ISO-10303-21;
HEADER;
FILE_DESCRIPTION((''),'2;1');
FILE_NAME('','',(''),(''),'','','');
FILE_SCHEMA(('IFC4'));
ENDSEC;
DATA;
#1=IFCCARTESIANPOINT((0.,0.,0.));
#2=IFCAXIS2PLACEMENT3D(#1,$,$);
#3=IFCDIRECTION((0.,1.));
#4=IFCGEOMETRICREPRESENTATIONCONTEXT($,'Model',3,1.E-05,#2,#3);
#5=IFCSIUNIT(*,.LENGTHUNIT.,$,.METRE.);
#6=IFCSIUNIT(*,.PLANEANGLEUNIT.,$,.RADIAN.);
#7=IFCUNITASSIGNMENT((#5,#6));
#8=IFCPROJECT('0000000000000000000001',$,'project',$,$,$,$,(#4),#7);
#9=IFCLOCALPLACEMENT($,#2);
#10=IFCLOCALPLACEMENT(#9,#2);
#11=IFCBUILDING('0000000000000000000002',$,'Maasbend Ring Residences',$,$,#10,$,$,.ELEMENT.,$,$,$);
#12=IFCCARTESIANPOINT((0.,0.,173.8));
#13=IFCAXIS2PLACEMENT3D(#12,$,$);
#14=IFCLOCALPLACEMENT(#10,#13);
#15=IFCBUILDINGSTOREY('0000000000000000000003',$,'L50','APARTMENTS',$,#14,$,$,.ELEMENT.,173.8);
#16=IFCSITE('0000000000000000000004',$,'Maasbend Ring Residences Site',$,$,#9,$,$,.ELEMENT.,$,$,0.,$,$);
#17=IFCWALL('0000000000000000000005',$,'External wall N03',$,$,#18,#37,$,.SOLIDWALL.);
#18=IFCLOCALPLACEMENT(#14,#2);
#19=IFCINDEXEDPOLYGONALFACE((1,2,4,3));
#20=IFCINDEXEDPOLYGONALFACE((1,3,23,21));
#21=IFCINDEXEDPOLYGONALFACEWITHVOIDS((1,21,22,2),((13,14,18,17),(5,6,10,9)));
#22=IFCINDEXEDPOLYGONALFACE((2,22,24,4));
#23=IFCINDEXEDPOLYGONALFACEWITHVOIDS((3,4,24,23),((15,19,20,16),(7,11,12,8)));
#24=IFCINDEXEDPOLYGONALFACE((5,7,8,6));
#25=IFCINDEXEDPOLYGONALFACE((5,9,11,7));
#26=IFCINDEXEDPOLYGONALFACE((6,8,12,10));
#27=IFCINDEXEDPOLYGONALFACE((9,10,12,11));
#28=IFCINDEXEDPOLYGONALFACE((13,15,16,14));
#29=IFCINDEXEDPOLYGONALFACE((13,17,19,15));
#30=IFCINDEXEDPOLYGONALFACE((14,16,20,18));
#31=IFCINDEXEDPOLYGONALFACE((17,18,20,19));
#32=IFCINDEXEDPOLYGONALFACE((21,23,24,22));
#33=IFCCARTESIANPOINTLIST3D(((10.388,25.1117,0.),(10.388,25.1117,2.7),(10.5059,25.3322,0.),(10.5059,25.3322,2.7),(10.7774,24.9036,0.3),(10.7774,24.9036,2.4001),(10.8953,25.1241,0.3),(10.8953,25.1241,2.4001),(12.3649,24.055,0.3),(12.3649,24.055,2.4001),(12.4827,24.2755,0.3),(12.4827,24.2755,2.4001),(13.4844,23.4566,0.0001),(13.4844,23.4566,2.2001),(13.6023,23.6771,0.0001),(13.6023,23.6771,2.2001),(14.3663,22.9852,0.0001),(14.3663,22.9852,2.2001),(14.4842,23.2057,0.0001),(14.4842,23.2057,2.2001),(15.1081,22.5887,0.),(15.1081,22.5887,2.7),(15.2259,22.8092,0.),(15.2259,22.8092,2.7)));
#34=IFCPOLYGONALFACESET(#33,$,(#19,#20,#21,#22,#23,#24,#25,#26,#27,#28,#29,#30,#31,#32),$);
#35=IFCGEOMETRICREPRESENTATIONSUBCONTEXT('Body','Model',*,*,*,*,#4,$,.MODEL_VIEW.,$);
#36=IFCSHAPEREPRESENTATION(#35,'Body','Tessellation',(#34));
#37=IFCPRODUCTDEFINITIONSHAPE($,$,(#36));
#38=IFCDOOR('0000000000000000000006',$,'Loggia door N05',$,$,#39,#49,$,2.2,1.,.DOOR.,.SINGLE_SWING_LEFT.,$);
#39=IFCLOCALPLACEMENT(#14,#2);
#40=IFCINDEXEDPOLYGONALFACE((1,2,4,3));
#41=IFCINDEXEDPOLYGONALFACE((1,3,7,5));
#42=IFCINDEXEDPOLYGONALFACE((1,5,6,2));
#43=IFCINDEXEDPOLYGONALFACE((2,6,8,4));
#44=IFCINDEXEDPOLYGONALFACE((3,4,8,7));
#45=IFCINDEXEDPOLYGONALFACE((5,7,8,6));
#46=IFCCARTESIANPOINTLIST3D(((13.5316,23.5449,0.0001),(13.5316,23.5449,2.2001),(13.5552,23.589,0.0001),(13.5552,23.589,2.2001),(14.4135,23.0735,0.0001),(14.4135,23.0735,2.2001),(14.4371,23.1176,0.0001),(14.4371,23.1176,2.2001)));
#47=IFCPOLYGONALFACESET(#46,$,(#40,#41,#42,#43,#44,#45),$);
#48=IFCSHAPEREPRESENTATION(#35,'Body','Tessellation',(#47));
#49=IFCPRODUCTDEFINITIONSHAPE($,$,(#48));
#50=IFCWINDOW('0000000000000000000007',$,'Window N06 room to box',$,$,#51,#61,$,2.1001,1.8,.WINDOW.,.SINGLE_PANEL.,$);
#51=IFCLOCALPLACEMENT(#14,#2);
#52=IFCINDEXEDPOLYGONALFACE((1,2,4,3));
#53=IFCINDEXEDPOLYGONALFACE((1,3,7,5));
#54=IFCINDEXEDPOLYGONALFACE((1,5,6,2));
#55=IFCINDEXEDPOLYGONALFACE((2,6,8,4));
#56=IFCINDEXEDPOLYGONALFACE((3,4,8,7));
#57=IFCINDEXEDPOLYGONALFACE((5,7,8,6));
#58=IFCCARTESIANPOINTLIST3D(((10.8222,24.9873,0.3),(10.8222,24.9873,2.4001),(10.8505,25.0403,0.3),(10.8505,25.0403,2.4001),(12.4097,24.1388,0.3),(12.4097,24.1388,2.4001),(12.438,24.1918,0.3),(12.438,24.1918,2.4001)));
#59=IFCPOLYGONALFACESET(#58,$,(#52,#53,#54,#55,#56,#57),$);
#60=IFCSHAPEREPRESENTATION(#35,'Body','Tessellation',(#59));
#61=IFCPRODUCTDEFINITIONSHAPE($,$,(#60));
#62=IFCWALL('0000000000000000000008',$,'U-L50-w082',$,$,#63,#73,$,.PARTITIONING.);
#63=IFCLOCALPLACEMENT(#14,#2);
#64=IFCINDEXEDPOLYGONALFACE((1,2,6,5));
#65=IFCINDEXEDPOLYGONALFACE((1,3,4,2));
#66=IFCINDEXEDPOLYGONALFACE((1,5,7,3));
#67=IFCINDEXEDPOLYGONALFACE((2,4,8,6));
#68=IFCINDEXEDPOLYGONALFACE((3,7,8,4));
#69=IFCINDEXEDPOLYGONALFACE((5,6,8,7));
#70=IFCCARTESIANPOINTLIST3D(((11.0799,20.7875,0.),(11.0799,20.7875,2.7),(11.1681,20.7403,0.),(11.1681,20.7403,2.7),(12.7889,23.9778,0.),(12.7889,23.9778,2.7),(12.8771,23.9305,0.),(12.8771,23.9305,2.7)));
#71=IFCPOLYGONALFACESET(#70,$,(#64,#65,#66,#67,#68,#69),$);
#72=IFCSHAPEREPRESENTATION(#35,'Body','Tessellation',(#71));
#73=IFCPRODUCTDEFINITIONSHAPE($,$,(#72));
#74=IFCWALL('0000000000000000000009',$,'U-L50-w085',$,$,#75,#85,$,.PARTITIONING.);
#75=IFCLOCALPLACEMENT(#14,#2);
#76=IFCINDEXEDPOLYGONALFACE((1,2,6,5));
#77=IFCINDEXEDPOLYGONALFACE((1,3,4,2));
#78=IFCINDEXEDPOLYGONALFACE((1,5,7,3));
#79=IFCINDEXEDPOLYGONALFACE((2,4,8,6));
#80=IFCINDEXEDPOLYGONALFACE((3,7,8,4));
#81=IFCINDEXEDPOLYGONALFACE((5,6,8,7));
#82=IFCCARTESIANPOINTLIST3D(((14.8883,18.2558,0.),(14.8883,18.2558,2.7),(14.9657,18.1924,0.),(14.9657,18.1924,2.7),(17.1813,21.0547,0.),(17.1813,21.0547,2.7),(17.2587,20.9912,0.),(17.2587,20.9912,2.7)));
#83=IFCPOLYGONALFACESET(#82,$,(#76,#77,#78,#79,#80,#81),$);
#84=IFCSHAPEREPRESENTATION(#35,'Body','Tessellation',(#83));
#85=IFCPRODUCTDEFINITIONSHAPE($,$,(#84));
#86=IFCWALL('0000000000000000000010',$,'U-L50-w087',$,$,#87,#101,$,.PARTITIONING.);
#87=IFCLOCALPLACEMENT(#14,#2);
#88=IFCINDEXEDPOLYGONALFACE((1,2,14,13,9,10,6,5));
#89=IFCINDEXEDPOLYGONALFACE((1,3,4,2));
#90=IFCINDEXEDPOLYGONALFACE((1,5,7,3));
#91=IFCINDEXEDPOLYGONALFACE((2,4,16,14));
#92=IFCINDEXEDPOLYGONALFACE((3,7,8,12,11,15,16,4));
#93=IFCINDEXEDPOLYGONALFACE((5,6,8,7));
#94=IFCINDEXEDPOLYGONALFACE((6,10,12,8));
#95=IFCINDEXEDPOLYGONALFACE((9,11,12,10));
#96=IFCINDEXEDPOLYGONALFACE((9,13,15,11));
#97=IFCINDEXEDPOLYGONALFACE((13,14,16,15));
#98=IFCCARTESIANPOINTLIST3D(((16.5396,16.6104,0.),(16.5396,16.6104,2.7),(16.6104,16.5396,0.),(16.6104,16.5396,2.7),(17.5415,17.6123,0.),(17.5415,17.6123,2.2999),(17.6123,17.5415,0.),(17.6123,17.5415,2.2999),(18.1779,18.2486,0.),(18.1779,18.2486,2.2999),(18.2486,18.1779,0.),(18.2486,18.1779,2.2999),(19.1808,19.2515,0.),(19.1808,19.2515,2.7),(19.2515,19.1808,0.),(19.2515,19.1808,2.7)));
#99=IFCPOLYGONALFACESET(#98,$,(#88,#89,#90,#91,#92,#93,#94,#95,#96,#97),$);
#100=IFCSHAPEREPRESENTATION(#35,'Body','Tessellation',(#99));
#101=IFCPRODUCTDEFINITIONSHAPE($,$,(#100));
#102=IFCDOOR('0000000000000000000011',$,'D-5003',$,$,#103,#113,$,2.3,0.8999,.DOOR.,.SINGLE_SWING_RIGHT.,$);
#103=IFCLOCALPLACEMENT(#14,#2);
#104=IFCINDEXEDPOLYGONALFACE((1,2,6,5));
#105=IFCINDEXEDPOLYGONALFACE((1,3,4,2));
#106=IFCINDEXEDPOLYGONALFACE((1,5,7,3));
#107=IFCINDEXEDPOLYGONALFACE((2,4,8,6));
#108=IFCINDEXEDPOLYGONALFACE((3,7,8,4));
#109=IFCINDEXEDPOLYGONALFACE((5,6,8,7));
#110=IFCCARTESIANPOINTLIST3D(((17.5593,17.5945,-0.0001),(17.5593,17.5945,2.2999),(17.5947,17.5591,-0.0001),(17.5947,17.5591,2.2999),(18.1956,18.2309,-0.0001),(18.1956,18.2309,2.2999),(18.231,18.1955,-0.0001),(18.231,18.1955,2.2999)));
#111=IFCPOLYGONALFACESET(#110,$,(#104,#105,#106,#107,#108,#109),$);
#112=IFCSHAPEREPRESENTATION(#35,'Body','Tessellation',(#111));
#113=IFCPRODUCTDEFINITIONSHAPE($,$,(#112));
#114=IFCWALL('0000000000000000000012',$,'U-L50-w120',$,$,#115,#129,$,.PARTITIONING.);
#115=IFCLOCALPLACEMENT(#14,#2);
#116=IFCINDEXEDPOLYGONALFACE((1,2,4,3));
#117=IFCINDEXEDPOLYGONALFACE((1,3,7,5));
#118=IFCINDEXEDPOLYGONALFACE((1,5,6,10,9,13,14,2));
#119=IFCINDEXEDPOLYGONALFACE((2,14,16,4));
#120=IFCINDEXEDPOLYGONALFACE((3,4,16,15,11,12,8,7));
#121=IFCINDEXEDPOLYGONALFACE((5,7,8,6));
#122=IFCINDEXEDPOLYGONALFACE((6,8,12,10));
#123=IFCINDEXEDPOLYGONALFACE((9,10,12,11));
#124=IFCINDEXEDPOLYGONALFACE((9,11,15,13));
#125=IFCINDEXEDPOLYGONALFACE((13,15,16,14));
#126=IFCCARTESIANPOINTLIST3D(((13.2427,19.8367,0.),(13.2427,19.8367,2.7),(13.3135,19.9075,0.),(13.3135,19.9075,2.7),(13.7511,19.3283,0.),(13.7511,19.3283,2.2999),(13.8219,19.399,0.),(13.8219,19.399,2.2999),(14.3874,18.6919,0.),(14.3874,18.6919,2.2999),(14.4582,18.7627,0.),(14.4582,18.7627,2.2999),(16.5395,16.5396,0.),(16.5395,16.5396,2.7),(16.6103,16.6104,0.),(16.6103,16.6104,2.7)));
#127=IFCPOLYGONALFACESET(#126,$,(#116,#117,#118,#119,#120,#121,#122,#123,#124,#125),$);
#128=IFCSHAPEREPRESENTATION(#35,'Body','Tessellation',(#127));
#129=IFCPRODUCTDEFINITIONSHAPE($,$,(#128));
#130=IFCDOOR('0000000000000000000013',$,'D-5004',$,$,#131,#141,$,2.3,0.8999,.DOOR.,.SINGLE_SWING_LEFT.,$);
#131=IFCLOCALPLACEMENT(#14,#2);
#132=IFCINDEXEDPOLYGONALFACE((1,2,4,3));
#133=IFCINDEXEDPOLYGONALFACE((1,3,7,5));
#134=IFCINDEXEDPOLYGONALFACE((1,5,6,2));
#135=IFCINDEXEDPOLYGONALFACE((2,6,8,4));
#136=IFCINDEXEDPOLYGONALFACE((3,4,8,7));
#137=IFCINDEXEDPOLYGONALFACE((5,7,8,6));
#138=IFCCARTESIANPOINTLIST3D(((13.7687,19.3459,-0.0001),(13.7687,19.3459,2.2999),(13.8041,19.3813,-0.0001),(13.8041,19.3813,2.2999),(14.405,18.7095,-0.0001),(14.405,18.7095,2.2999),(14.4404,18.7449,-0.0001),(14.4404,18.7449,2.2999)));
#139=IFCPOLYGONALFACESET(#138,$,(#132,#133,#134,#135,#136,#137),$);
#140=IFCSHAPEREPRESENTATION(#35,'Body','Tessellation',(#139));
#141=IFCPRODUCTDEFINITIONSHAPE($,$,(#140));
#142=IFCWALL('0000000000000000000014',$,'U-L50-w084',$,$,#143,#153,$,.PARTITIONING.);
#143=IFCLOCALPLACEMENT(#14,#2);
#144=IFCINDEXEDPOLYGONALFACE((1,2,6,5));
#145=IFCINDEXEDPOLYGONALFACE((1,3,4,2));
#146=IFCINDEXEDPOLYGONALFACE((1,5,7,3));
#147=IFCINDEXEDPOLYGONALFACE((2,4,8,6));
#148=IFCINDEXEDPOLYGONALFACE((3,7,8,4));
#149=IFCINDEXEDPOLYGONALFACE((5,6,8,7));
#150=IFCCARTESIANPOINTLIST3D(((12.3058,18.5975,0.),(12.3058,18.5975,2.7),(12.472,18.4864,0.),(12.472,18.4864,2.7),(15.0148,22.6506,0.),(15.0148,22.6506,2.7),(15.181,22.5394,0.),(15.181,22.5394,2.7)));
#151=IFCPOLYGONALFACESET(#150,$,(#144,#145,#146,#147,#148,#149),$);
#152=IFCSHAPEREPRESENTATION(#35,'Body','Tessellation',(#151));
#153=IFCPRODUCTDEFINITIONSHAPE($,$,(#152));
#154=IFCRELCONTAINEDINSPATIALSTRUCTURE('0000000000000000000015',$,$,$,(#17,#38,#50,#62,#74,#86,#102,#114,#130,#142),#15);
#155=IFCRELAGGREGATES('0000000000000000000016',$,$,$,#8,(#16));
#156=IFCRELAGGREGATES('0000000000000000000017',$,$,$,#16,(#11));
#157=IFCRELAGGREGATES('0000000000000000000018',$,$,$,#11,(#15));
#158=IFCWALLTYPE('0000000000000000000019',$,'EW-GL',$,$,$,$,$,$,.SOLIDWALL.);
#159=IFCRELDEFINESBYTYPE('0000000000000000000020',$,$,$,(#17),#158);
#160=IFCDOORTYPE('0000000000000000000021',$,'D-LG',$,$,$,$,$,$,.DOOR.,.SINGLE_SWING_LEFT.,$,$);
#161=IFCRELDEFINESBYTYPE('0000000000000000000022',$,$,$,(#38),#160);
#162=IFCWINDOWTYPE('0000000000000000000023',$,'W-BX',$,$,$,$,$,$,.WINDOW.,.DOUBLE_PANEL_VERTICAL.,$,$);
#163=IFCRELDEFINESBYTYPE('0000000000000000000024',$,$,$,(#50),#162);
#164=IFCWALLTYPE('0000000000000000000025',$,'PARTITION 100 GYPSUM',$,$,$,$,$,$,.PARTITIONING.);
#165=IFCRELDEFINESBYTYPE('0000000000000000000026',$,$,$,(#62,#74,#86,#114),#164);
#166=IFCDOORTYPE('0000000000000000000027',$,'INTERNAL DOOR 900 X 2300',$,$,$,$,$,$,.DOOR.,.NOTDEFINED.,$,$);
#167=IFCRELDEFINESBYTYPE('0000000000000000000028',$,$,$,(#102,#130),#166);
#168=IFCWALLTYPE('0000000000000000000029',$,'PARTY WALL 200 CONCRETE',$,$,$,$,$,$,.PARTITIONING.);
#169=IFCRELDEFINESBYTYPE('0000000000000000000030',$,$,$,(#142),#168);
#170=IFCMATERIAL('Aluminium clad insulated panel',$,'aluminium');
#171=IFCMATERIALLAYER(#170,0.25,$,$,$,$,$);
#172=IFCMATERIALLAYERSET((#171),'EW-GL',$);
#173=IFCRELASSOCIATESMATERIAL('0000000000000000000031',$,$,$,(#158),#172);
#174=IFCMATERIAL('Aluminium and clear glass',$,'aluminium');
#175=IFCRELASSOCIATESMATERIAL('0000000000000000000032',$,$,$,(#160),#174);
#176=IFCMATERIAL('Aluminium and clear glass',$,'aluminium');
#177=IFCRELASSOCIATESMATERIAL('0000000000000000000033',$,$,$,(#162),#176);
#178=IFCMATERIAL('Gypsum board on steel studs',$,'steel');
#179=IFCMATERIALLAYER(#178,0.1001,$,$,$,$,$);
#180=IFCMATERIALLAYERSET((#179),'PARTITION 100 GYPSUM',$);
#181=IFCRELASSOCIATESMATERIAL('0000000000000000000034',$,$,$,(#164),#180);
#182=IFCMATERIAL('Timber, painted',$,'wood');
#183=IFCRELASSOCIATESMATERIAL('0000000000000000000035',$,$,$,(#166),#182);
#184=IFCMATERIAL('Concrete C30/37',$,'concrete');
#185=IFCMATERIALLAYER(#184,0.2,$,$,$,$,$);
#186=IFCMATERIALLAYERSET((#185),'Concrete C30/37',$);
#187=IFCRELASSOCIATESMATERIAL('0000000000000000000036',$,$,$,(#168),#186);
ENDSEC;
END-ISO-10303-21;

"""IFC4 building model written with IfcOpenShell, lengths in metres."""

from ifc_helpers import new_model, si_unit, direction, frame, frame_2d, origin, place, context, subcontext, project, spatial, rectangle, extrude, material, layer, layer_set, type_object, element, fill, save


model = new_model("IFC4")

# Units and contexts
model_context = context("Model", 3, precision=1e-05, world=origin(), true_north=direction((0.0, 1.0)))
body_context = subcontext(model_context, "Body", "Model", "MODEL_VIEW")
ifc_project = project(units=[si_unit("LENGTHUNIT", "METRE"), si_unit("PLANEANGLEUNIT", "RADIAN")], contexts=[model_context])

# Site, building, storey
site_placement = place(None, origin())
site = spatial("IfcSite", under=ifc_project, at=site_placement, Name="Maasbend Ring Residences Site", CompositionType="ELEMENT", RefElevation=0.0)
building_placement = place(site_placement, origin())
building = spatial("IfcBuilding", under=site, at=building_placement, Name="Maasbend Ring Residences", CompositionType="ELEMENT")
storey_placement = place(building_placement, frame((0.0, 0.0, 173.8)))
storey = spatial("IfcBuildingStorey", under=building, at=storey_placement, Name="L50", Description="APARTMENTS", CompositionType="ELEMENT", Elevation=173.8)

# Wall, openings, door, window
ifc_material_1 = material(Name="Aluminium clad insulated panel", Category="aluminium")
ifc_layer_1 = layer(ifc_material_1, 0.25)
ifc_layer_set_1 = layer_set([ifc_layer_1], Name="EW-GL")
wall_type_1 = type_object("IfcWallType", Name="EW-GL", PredefinedType="SOLIDWALL", material=ifc_layer_set_1)
wall_1_placement = place(storey_placement, frame((15.167, 22.699, 0.0), z_axis=(0.0, 0.0, 1.0), x_axis=(-0.881916, 0.471407, 0.0)))
wall_1 = element("IfcWall", 1, at=wall_1_placement, inside=storey, type_object=wall_type_1, Name="External wall N03", PredefinedType="SOLIDWALL", context=body_context, shape_type="SweptSolid", body=[
    extrude(rectangle(XDim=5.3521, YDim=0.25, at=frame_2d((2.676, 0.0))), origin(), (0.0, 0.0, 1.0), 2.7),
])
opening_1_placement = place(wall_1_placement, frame((0.8411, 0.0, 0.0)))
opening_1 = element("IfcOpeningElement", 2, at=opening_1_placement, cuts=wall_1, PredefinedType="OPENING", context=body_context, shape_type="SweptSolid", body=[
    extrude(rectangle(XDim=1.0, YDim=2.2, at=frame_2d((0.5, 1.1001))), frame((0.0, 0.135, 0.0), z_axis=(0.0, -1.0, 0.0), x_axis=(1.0, 0.0, 0.0)), (0.0, 0.0, 1.0), 0.27),
])
opening_2_placement = place(wall_1_placement, frame((3.1106, 0.0, 0.3)))
opening_2 = element("IfcOpeningElement", 3, at=opening_2_placement, cuts=wall_1, PredefinedType="OPENING", context=body_context, shape_type="SweptSolid", body=[
    extrude(rectangle(XDim=1.8, YDim=2.1001, at=frame_2d((0.8999, 1.05))), frame((0.0, 0.135, 0.0), z_axis=(0.0, -1.0, 0.0), x_axis=(1.0, 0.0, 0.0)), (0.0, 0.0, 1.0), 0.27),
])
ifc_material_2 = material(Name="Aluminium and clear glass", Category="aluminium")
door_type_1 = type_object("IfcDoorType", Name="D-LG", OperationType="SINGLE_SWING_LEFT", PredefinedType="DOOR", material=ifc_material_2)
door_1_placement = place(opening_1_placement, origin())
door_1 = element("IfcDoor", 4, at=door_1_placement, inside=storey, type_object=door_type_1, Name="Loggia door N05", OperationType="SINGLE_SWING_LEFT", OverallHeight=2.2, OverallWidth=1.0, PredefinedType="DOOR", context=body_context, shape_type="SweptSolid", body=[
    extrude(rectangle(XDim=1.0, YDim=2.2, at=frame_2d((0.5, 1.1001))), frame((0.0, 0.0249, 0.0), z_axis=(0.0, -1.0, 0.0), x_axis=(1.0, 0.0, 0.0)), (0.0, 0.0, 1.0), 0.05),
])
fill(opening_1, door_1)
ifc_material_3 = material(Name="Aluminium and clear glass", Category="aluminium")
window_type_1 = type_object("IfcWindowType", Name="W-BX", PartitioningType="DOUBLE_PANEL_VERTICAL", PredefinedType="WINDOW", material=ifc_material_3)
window_1_placement = place(opening_2_placement, origin())
window_1 = element("IfcWindow", 5, at=window_1_placement, inside=storey, type_object=window_type_1, Name="Window N06 room to box", OverallHeight=2.1001, OverallWidth=1.8, PartitioningType="SINGLE_PANEL", PredefinedType="WINDOW", context=body_context, shape_type="SweptSolid", body=[
    extrude(rectangle(XDim=1.8, YDim=2.1001, at=frame_2d((0.8999, 1.05))), frame((0.0, 0.03, 0.0), z_axis=(0.0, -1.0, 0.0), x_axis=(1.0, 0.0, 0.0)), (0.0, 0.0, 1.0), 0.0601),
])
fill(opening_2, window_1)

# Walls
ifc_material_4 = material(Name="Gypsum board on steel studs", Category="steel")
ifc_layer_2 = layer(ifc_material_4, 0.1001)
ifc_layer_set_2 = layer_set([ifc_layer_2], Name="PARTITION 100 GYPSUM")
wall_type_2 = type_object("IfcWallType", Name="PARTITION 100 GYPSUM", PredefinedType="PARTITIONING", material=ifc_layer_set_2)
wall_2_placement = place(storey_placement, frame((11.124, 20.7639, 0.0), z_axis=(0.0, 0.0, 1.0), x_axis=(0.472212, 0.881485, 0.0)))
element("IfcWall", 6, at=wall_2_placement, inside=storey, type_object=wall_type_2, Name="U-L50-w082", PredefinedType="PARTITIONING", context=body_context, shape_type="SweptSolid", body=[
    extrude(rectangle(XDim=3.6191, YDim=0.1001, at=frame_2d((1.8096, 0.0))), origin(), (0.0, 0.0, 1.0), 2.7),
])
wall_3_placement = place(storey_placement, frame((14.927, 18.2241, 0.0), z_axis=(0.0, 0.0, 1.0), x_axis=(0.633737, 0.773548, 0.0)))
element("IfcWall", 7, at=wall_3_placement, inside=storey, type_object=wall_type_2, Name="U-L50-w085", PredefinedType="PARTITIONING", context=body_context, shape_type="SweptSolid", body=[
    extrude(rectangle(XDim=3.6182, YDim=0.1001, at=frame_2d((1.8091, 0.0))), origin(), (0.0, 0.0, 1.0), 2.7),
])

# Walls, openings, doors
wall_4_placement = place(storey_placement, frame((16.575, 16.575, 0.0), z_axis=(0.0, 0.0, 1.0), x_axis=(0.707107, 0.707107, 0.0)))
wall_4 = element("IfcWall", 8, at=wall_4_placement, inside=storey, type_object=wall_type_2, Name="U-L50-w087", PredefinedType="PARTITIONING", context=body_context, shape_type="SweptSolid", body=[
    extrude(rectangle(XDim=3.7351, YDim=0.1001, at=frame_2d((1.8677, 0.0))), origin(), (0.0, 0.0, 1.0), 2.7),
])
opening_3_placement = place(wall_4_placement, frame((1.417, 0.0, 0.0)))
opening_3 = element("IfcOpeningElement", 9, at=opening_3_placement, cuts=wall_4, PredefinedType="OPENING", context=body_context, shape_type="SweptSolid", body=[
    extrude(rectangle(XDim=0.8999, YDim=2.3, at=frame_2d((0.45, 1.1499))), frame((0.0, 0.0601, 0.0), z_axis=(0.0, -1.0, 0.0), x_axis=(1.0, 0.0, 0.0)), (0.0, 0.0, 1.0), 0.1201),
])
ifc_material_5 = material(Name="Timber, painted", Category="wood")
door_type_2 = type_object("IfcDoorType", Name="INTERNAL DOOR 900 X 2300", OperationType="NOTDEFINED", PredefinedType="DOOR", material=ifc_material_5)
door_2_placement = place(opening_3_placement, origin())
door_2 = element("IfcDoor", 10, at=door_2_placement, inside=storey, type_object=door_type_2, Name="D-5003", OperationType="SINGLE_SWING_RIGHT", OverallHeight=2.3, OverallWidth=0.8999, PredefinedType="DOOR", context=body_context, shape_type="SweptSolid", body=[
    extrude(rectangle(XDim=0.8999, YDim=2.3, at=frame_2d((0.45, 1.1499))), frame((0.0, 0.0249, 0.0), z_axis=(0.0, -1.0, 0.0), x_axis=(1.0, 0.0, 0.0)), (0.0, 0.0, 1.0), 0.05),
])
fill(opening_3, door_2)
wall_5_placement = place(storey_placement, frame((13.2781, 19.8721, 0.0), z_axis=(0.0, 0.0, 1.0), x_axis=(0.707081, -0.707133, 0.0)))
wall_5 = element("IfcWall", 11, at=wall_5_placement, inside=storey, type_object=wall_type_2, Name="U-L50-w120", PredefinedType="PARTITIONING", context=body_context, shape_type="SweptSolid", body=[
    extrude(rectangle(XDim=4.6626, YDim=0.1001, at=frame_2d((2.3313, 0.0))), origin(), (0.0, 0.0, 1.0), 2.7),
])
opening_4_placement = place(wall_5_placement, frame((0.719, 0.0, 0.0)))
opening_4 = element("IfcOpeningElement", 12, at=opening_4_placement, cuts=wall_5, PredefinedType="OPENING", context=body_context, shape_type="SweptSolid", body=[
    extrude(rectangle(XDim=0.8999, YDim=2.3, at=frame_2d((0.45, 1.1499))), frame((0.0, 0.0601, 0.0), z_axis=(0.0, -1.0, 0.0), x_axis=(1.0, 0.0, 0.0)), (0.0, 0.0, 1.0), 0.1201),
])
door_3_placement = place(opening_4_placement, origin())
door_3 = element("IfcDoor", 13, at=door_3_placement, inside=storey, type_object=door_type_2, Name="D-5004", OperationType="SINGLE_SWING_LEFT", OverallHeight=2.3, OverallWidth=0.8999, PredefinedType="DOOR", context=body_context, shape_type="SweptSolid", body=[
    extrude(rectangle(XDim=0.8999, YDim=2.3, at=frame_2d((0.45, 1.1499))), frame((0.0, 0.0249, 0.0), z_axis=(0.0, -1.0, 0.0), x_axis=(1.0, 0.0, 0.0)), (0.0, 0.0, 1.0), 0.05),
])
fill(opening_4, door_3)

# Wall
ifc_material_6 = material(Name="Concrete C30/37", Category="concrete")
ifc_layer_3 = layer(ifc_material_6, 0.2)
ifc_layer_set_3 = layer_set([ifc_layer_3], Name="Concrete C30/37")
wall_type_3 = type_object("IfcWallType", Name="PARTY WALL 200 CONCRETE", PredefinedType="PARTITIONING", material=ifc_layer_set_3)
wall_6_placement = place(storey_placement, frame((12.3889, 18.542, 0.0), z_axis=(0.0, 0.0, 1.0), x_axis=(0.555694, 0.831387, 0.0)))
element("IfcWall", 14, at=wall_6_placement, inside=storey, type_object=wall_type_3, Name="U-L50-w084", PredefinedType="PARTITIONING", context=body_context, shape_type="SweptSolid", body=[
    extrude(rectangle(XDim=4.875, YDim=0.2, at=frame_2d((2.4375, 0.0))), origin(), (0.0, 0.0, 1.0), 2.7),
])

save(model, "model.ifc")
